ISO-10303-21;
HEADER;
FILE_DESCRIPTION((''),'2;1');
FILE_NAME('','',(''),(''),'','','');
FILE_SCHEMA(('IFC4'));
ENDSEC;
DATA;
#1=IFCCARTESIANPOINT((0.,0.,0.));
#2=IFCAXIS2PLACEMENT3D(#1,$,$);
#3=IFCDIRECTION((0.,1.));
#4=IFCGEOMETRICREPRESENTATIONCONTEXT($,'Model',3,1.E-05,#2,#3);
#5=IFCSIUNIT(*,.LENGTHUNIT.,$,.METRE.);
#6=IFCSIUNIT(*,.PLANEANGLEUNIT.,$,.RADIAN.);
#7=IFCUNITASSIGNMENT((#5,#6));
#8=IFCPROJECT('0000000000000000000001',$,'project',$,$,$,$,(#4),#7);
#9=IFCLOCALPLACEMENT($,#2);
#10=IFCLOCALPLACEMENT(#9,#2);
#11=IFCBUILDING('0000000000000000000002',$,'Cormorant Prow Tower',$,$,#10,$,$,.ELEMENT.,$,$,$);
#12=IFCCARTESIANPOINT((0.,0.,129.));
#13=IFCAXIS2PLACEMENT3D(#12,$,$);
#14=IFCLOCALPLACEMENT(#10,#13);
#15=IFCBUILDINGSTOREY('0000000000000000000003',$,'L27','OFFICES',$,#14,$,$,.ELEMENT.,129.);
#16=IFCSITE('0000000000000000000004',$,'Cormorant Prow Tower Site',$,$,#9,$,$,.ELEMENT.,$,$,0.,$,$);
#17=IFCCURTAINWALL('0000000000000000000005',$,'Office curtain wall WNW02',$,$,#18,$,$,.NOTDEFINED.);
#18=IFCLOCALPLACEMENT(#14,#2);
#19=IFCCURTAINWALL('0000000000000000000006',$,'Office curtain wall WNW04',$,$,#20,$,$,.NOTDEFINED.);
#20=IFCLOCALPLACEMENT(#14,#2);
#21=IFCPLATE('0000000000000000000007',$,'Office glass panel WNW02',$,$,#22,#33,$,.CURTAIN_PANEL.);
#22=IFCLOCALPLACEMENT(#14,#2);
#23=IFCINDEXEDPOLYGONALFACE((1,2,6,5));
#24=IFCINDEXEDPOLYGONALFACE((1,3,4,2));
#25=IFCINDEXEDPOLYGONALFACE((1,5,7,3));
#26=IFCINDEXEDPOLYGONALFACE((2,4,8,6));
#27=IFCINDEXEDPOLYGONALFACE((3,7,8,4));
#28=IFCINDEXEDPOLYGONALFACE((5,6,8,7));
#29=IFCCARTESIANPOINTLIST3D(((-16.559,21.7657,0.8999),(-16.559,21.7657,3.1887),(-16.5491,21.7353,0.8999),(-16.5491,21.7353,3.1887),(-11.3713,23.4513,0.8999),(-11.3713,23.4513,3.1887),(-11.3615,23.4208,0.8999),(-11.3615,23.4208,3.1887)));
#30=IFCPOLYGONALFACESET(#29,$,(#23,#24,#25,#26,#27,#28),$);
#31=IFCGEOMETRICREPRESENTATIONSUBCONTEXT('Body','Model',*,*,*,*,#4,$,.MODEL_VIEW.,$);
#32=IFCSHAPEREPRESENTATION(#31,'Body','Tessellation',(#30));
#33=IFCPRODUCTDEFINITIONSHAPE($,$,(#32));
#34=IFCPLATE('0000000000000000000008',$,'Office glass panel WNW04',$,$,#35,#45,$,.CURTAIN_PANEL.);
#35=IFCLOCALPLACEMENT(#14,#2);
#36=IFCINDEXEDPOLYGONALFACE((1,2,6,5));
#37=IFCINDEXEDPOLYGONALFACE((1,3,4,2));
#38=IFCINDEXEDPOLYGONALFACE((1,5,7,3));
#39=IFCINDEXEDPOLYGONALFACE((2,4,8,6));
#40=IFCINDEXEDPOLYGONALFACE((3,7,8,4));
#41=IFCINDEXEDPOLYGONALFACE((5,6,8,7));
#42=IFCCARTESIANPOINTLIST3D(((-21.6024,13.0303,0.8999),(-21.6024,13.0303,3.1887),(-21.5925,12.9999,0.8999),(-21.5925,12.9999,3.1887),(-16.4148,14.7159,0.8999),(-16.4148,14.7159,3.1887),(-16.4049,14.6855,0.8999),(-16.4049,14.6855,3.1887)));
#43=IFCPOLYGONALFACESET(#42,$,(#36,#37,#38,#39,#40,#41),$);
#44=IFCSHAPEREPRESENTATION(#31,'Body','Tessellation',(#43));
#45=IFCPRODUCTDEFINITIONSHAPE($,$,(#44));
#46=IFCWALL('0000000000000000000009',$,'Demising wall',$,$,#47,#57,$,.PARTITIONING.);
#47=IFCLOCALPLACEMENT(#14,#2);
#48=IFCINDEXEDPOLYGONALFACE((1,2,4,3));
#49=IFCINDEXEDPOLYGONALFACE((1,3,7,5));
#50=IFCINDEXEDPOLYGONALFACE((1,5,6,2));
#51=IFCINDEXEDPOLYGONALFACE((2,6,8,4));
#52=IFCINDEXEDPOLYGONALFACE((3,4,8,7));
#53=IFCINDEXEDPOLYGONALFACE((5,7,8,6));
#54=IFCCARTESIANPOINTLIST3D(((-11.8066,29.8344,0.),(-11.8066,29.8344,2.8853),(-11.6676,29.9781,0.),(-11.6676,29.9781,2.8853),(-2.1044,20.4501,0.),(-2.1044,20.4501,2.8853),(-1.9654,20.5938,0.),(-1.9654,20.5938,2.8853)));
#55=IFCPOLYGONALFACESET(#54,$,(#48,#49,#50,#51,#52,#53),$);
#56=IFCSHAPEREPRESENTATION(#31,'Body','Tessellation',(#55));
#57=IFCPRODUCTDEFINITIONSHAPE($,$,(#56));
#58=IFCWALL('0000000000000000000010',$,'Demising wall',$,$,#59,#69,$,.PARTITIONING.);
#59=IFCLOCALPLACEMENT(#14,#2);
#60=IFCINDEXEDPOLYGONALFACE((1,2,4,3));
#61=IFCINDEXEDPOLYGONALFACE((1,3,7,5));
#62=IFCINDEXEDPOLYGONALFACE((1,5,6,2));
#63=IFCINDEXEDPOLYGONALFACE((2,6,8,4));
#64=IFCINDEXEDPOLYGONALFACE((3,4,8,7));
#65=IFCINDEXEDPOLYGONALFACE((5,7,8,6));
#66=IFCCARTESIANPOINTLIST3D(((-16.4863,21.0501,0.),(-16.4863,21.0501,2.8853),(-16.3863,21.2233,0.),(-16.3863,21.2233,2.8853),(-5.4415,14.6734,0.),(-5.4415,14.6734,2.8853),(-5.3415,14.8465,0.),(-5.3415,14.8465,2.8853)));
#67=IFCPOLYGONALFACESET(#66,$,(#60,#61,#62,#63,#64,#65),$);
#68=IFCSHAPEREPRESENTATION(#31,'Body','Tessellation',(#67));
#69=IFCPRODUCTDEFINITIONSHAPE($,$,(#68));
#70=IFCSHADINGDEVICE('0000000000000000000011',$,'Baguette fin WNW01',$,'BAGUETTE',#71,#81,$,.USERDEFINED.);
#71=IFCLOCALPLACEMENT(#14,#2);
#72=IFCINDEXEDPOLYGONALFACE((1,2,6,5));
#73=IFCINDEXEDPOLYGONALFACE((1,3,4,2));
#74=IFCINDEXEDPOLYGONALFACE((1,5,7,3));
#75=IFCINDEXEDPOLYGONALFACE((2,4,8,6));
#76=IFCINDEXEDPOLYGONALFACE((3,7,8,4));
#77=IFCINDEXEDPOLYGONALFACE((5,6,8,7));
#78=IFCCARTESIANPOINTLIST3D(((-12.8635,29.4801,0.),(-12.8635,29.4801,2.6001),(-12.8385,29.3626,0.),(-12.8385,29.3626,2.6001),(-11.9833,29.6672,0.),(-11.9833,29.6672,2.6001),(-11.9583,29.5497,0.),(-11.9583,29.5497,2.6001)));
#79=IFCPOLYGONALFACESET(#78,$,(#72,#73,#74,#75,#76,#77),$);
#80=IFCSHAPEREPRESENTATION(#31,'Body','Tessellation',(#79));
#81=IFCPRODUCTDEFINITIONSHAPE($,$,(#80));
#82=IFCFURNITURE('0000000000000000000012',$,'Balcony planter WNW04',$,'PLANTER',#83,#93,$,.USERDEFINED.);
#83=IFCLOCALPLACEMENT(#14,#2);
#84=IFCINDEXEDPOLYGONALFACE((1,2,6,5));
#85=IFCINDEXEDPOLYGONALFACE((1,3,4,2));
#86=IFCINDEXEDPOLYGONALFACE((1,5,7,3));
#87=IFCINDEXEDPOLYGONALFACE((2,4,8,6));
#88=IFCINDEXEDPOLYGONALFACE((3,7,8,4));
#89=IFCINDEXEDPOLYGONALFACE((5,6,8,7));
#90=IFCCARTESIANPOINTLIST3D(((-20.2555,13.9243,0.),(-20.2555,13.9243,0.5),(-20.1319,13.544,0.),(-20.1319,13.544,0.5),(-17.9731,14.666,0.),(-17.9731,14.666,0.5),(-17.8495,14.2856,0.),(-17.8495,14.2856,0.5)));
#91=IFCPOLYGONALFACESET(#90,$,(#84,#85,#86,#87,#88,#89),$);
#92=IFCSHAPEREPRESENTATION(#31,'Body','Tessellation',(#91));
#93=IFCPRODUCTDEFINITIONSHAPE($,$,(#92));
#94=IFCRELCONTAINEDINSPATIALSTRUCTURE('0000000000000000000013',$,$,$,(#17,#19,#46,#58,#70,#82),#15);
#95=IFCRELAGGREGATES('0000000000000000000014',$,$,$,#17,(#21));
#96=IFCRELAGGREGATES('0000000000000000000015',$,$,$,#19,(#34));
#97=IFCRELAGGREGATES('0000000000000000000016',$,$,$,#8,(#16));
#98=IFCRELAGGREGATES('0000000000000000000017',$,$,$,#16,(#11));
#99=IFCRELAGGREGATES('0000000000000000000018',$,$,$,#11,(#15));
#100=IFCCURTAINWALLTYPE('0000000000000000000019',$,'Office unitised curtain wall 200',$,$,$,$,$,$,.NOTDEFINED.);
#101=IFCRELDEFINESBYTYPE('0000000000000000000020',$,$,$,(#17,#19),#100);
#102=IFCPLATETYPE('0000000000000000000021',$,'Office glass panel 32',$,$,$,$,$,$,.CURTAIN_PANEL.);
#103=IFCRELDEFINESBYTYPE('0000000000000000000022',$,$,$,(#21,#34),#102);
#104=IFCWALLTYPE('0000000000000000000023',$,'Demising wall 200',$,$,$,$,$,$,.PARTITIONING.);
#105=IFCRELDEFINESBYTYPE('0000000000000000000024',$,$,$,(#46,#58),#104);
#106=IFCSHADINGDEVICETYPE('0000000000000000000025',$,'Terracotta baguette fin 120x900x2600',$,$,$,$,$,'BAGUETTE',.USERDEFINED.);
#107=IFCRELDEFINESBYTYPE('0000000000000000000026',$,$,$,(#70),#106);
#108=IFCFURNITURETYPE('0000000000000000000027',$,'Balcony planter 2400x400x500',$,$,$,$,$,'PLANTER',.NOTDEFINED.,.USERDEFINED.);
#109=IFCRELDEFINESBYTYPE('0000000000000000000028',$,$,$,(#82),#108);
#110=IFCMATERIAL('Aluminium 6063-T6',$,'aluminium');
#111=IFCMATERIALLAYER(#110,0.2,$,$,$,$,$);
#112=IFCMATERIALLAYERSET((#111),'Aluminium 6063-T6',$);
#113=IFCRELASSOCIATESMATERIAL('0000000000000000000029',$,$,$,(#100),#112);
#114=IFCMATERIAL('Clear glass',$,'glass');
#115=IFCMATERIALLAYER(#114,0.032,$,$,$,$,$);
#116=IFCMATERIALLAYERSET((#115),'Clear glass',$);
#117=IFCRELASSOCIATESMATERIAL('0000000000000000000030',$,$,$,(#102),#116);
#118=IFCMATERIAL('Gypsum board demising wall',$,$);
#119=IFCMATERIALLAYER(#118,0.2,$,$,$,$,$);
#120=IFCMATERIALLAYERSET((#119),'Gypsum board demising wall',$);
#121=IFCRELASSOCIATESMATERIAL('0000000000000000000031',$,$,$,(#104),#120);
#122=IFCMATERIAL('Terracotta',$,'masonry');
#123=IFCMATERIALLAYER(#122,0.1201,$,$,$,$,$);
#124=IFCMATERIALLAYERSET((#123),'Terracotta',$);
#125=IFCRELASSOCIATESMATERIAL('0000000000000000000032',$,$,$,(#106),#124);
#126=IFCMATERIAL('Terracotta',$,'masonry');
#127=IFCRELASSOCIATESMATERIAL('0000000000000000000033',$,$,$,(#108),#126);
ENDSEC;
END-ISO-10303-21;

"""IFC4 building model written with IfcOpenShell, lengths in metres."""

from ifc_helpers import new_model, si_unit, direction, frame, frame_2d, origin, origin_2d, place, context, subcontext, project, spatial, rectangle, extrude, material, layer, layer_set, type_object, element, aggregate, save


model = new_model("IFC4")

# Units and contexts
model_context = context("Model", 3, precision=1e-05, world=origin(), true_north=direction((0.0, 1.0)))
body_context = subcontext(model_context, "Body", "Model", "MODEL_VIEW")
ifc_project = project(units=[si_unit("LENGTHUNIT", "METRE"), si_unit("PLANEANGLEUNIT", "RADIAN")], contexts=[model_context])

# Site, building, storey
site_placement = place(None, origin())
site = spatial("IfcSite", under=ifc_project, at=site_placement, Name="Cormorant Prow Tower Site", CompositionType="ELEMENT", RefElevation=0.0)
building_placement = place(site_placement, origin())
building = spatial("IfcBuilding", under=site, at=building_placement, Name="Cormorant Prow Tower", CompositionType="ELEMENT")
storey_placement = place(building_placement, frame((0.0, 0.0, 129.0)))
storey = spatial("IfcBuildingStorey", under=building, at=storey_placement, Name="L27", Description="OFFICES", CompositionType="ELEMENT", Elevation=129.0)

# Curtain walls
ifc_material_1 = material(Name="Aluminium 6063-T6", Category="aluminium")
ifc_layer_1 = layer(ifc_material_1, 0.2)
ifc_layer_set_1 = layer_set([ifc_layer_1], Name="Aluminium 6063-T6")
curtain_wall_type = type_object("IfcCurtainWallType", Name="Office unitised curtain wall 200", PredefinedType="NOTDEFINED", material=ifc_layer_set_1)
curtain_wall_1_placement = place(storey_placement, origin())
curtain_wall_1 = element("IfcCurtainWall", 1, at=curtain_wall_1_placement, inside=storey, type_object=curtain_wall_type, Name="Office curtain wall WNW02", PredefinedType="NOTDEFINED")
curtain_wall_2_placement = place(storey_placement, origin())
curtain_wall_2 = element("IfcCurtainWall", 2, at=curtain_wall_2_placement, inside=storey, type_object=curtain_wall_type, Name="Office curtain wall WNW04", PredefinedType="NOTDEFINED")

# Plates
ifc_material_2 = material(Name="Clear glass", Category="glass")
ifc_layer_2 = layer(ifc_material_2, 0.032)
ifc_layer_set_2 = layer_set([ifc_layer_2], Name="Clear glass")
plate_type = type_object("IfcPlateType", Name="Office glass panel 32", PredefinedType="CURTAIN_PANEL", material=ifc_layer_set_2)
plate_1_placement = place(storey_placement, frame((-13.9602, 22.5933, 0.8999), z_axis=(0.0, 0.0, 1.0), x_axis=(-0.951057, -0.309017, 0.0)))
plate_1 = element("IfcPlate", 3, at=plate_1_placement, type_object=plate_type, Name="Office glass panel WNW02", PredefinedType="CURTAIN_PANEL", context=body_context, shape_type="SweptSolid", body=[
    extrude(rectangle(XDim=5.4546, YDim=0.032, at=origin_2d()), origin(), (0.0, 0.0, 1.0), 2.2888),
])
aggregate(curtain_wall_1, [plate_1])
plate_2_placement = place(storey_placement, frame((-19.0037, 13.8579, 0.8999), z_axis=(0.0, 0.0, 1.0), x_axis=(-0.951057, -0.309017, 0.0)))
plate_2 = element("IfcPlate", 4, at=plate_2_placement, type_object=plate_type, Name="Office glass panel WNW04", PredefinedType="CURTAIN_PANEL", context=body_context, shape_type="SweptSolid", body=[
    extrude(rectangle(XDim=5.4546, YDim=0.032, at=origin_2d()), origin(), (0.0, 0.0, 1.0), 2.2888),
])
aggregate(curtain_wall_2, [plate_2])

# Walls
ifc_material_3 = material(Name="Gypsum board demising wall")
ifc_layer_3 = layer(ifc_material_3, 0.2)
ifc_layer_set_3 = layer_set([ifc_layer_3], Name="Gypsum board demising wall")
wall_type_1 = type_object("IfcWallType", Name="Demising wall 200", PredefinedType="PARTITIONING", material=ifc_layer_set_3)
wall_1_placement = place(storey_placement, frame((-11.7371, 29.9062, 0.0), z_axis=(0.0, 0.0, 1.0), x_axis=(0.718783, -0.695234, 0.0)))
element("IfcWall", 5, at=wall_1_placement, inside=storey, type_object=wall_type_1, Name="Demising wall", PredefinedType="PARTITIONING", context=body_context, shape_type="SweptSolid", body=[
    extrude(rectangle(XDim=13.498, YDim=0.2, at=frame_2d((6.749, 0.0))), origin(), (0.0, 0.0, 1.0), 2.8853),
])
wall_2_placement = place(storey_placement, frame((-16.4363, 21.1367, 0.0), z_axis=(0.0, 0.0, 1.0), x_axis=(0.866023, -0.500004, 0.0)))
element("IfcWall", 6, at=wall_2_placement, inside=storey, type_object=wall_type_1, Name="Demising wall", PredefinedType="PARTITIONING", context=body_context, shape_type="SweptSolid", body=[
    extrude(rectangle(XDim=12.7534, YDim=0.2, at=frame_2d((6.3767, 0.0))), origin(), (0.0, 0.0, 1.0), 2.8853),
])

# Shading device
ifc_material_4 = material(Name="Terracotta", Category="masonry")
ifc_layer_4 = layer(ifc_material_4, 0.1201)
ifc_layer_set_4 = layer_set([ifc_layer_4], Name="Terracotta")
shading_device_type = type_object("IfcShadingDeviceType", Name="Terracotta baguette fin 120x900x2600", ElementType="BAGUETTE", PredefinedType="USERDEFINED", material=ifc_layer_set_4)
shading_device_placement = place(storey_placement, frame((-12.4109, 29.5149, 0.0), z_axis=(0.0, 0.0, 1.0), x_axis=(0.207912, -0.978148, 0.0)))
element("IfcShadingDevice", 7, at=shading_device_placement, inside=storey, type_object=shading_device_type, Name="Baguette fin WNW01", ObjectType="BAGUETTE", PredefinedType="USERDEFINED", context=body_context, shape_type="SweptSolid", body=[
    extrude(rectangle(XDim=0.1201, YDim=0.8999, at=origin_2d()), origin(), (0.0, 0.0, 1.0), 2.6001),
])

# Furniture
ifc_material_5 = material(Name="Terracotta", Category="masonry")
furniture_type = type_object("IfcFurnitureType", Name="Balcony planter 2400x400x500", ElementType="PLANTER", AssemblyPlace="NOTDEFINED", PredefinedType="USERDEFINED", material=ifc_material_5)
furniture_placement = place(storey_placement, frame((-19.0525, 14.105, 0.0), z_axis=(0.0, 0.0, 1.0), x_axis=(-0.951057, -0.309017, 0.0)))
element("IfcFurniture", 8, at=furniture_placement, inside=storey, type_object=furniture_type, Name="Balcony planter WNW04", ObjectType="PLANTER", PredefinedType="USERDEFINED", context=body_context, shape_type="SweptSolid", body=[
    extrude(rectangle(XDim=2.3999, YDim=0.3999, at=origin_2d()), origin(), (0.0, 0.0, 1.0), 0.5),
])

save(model, "model.ifc")
